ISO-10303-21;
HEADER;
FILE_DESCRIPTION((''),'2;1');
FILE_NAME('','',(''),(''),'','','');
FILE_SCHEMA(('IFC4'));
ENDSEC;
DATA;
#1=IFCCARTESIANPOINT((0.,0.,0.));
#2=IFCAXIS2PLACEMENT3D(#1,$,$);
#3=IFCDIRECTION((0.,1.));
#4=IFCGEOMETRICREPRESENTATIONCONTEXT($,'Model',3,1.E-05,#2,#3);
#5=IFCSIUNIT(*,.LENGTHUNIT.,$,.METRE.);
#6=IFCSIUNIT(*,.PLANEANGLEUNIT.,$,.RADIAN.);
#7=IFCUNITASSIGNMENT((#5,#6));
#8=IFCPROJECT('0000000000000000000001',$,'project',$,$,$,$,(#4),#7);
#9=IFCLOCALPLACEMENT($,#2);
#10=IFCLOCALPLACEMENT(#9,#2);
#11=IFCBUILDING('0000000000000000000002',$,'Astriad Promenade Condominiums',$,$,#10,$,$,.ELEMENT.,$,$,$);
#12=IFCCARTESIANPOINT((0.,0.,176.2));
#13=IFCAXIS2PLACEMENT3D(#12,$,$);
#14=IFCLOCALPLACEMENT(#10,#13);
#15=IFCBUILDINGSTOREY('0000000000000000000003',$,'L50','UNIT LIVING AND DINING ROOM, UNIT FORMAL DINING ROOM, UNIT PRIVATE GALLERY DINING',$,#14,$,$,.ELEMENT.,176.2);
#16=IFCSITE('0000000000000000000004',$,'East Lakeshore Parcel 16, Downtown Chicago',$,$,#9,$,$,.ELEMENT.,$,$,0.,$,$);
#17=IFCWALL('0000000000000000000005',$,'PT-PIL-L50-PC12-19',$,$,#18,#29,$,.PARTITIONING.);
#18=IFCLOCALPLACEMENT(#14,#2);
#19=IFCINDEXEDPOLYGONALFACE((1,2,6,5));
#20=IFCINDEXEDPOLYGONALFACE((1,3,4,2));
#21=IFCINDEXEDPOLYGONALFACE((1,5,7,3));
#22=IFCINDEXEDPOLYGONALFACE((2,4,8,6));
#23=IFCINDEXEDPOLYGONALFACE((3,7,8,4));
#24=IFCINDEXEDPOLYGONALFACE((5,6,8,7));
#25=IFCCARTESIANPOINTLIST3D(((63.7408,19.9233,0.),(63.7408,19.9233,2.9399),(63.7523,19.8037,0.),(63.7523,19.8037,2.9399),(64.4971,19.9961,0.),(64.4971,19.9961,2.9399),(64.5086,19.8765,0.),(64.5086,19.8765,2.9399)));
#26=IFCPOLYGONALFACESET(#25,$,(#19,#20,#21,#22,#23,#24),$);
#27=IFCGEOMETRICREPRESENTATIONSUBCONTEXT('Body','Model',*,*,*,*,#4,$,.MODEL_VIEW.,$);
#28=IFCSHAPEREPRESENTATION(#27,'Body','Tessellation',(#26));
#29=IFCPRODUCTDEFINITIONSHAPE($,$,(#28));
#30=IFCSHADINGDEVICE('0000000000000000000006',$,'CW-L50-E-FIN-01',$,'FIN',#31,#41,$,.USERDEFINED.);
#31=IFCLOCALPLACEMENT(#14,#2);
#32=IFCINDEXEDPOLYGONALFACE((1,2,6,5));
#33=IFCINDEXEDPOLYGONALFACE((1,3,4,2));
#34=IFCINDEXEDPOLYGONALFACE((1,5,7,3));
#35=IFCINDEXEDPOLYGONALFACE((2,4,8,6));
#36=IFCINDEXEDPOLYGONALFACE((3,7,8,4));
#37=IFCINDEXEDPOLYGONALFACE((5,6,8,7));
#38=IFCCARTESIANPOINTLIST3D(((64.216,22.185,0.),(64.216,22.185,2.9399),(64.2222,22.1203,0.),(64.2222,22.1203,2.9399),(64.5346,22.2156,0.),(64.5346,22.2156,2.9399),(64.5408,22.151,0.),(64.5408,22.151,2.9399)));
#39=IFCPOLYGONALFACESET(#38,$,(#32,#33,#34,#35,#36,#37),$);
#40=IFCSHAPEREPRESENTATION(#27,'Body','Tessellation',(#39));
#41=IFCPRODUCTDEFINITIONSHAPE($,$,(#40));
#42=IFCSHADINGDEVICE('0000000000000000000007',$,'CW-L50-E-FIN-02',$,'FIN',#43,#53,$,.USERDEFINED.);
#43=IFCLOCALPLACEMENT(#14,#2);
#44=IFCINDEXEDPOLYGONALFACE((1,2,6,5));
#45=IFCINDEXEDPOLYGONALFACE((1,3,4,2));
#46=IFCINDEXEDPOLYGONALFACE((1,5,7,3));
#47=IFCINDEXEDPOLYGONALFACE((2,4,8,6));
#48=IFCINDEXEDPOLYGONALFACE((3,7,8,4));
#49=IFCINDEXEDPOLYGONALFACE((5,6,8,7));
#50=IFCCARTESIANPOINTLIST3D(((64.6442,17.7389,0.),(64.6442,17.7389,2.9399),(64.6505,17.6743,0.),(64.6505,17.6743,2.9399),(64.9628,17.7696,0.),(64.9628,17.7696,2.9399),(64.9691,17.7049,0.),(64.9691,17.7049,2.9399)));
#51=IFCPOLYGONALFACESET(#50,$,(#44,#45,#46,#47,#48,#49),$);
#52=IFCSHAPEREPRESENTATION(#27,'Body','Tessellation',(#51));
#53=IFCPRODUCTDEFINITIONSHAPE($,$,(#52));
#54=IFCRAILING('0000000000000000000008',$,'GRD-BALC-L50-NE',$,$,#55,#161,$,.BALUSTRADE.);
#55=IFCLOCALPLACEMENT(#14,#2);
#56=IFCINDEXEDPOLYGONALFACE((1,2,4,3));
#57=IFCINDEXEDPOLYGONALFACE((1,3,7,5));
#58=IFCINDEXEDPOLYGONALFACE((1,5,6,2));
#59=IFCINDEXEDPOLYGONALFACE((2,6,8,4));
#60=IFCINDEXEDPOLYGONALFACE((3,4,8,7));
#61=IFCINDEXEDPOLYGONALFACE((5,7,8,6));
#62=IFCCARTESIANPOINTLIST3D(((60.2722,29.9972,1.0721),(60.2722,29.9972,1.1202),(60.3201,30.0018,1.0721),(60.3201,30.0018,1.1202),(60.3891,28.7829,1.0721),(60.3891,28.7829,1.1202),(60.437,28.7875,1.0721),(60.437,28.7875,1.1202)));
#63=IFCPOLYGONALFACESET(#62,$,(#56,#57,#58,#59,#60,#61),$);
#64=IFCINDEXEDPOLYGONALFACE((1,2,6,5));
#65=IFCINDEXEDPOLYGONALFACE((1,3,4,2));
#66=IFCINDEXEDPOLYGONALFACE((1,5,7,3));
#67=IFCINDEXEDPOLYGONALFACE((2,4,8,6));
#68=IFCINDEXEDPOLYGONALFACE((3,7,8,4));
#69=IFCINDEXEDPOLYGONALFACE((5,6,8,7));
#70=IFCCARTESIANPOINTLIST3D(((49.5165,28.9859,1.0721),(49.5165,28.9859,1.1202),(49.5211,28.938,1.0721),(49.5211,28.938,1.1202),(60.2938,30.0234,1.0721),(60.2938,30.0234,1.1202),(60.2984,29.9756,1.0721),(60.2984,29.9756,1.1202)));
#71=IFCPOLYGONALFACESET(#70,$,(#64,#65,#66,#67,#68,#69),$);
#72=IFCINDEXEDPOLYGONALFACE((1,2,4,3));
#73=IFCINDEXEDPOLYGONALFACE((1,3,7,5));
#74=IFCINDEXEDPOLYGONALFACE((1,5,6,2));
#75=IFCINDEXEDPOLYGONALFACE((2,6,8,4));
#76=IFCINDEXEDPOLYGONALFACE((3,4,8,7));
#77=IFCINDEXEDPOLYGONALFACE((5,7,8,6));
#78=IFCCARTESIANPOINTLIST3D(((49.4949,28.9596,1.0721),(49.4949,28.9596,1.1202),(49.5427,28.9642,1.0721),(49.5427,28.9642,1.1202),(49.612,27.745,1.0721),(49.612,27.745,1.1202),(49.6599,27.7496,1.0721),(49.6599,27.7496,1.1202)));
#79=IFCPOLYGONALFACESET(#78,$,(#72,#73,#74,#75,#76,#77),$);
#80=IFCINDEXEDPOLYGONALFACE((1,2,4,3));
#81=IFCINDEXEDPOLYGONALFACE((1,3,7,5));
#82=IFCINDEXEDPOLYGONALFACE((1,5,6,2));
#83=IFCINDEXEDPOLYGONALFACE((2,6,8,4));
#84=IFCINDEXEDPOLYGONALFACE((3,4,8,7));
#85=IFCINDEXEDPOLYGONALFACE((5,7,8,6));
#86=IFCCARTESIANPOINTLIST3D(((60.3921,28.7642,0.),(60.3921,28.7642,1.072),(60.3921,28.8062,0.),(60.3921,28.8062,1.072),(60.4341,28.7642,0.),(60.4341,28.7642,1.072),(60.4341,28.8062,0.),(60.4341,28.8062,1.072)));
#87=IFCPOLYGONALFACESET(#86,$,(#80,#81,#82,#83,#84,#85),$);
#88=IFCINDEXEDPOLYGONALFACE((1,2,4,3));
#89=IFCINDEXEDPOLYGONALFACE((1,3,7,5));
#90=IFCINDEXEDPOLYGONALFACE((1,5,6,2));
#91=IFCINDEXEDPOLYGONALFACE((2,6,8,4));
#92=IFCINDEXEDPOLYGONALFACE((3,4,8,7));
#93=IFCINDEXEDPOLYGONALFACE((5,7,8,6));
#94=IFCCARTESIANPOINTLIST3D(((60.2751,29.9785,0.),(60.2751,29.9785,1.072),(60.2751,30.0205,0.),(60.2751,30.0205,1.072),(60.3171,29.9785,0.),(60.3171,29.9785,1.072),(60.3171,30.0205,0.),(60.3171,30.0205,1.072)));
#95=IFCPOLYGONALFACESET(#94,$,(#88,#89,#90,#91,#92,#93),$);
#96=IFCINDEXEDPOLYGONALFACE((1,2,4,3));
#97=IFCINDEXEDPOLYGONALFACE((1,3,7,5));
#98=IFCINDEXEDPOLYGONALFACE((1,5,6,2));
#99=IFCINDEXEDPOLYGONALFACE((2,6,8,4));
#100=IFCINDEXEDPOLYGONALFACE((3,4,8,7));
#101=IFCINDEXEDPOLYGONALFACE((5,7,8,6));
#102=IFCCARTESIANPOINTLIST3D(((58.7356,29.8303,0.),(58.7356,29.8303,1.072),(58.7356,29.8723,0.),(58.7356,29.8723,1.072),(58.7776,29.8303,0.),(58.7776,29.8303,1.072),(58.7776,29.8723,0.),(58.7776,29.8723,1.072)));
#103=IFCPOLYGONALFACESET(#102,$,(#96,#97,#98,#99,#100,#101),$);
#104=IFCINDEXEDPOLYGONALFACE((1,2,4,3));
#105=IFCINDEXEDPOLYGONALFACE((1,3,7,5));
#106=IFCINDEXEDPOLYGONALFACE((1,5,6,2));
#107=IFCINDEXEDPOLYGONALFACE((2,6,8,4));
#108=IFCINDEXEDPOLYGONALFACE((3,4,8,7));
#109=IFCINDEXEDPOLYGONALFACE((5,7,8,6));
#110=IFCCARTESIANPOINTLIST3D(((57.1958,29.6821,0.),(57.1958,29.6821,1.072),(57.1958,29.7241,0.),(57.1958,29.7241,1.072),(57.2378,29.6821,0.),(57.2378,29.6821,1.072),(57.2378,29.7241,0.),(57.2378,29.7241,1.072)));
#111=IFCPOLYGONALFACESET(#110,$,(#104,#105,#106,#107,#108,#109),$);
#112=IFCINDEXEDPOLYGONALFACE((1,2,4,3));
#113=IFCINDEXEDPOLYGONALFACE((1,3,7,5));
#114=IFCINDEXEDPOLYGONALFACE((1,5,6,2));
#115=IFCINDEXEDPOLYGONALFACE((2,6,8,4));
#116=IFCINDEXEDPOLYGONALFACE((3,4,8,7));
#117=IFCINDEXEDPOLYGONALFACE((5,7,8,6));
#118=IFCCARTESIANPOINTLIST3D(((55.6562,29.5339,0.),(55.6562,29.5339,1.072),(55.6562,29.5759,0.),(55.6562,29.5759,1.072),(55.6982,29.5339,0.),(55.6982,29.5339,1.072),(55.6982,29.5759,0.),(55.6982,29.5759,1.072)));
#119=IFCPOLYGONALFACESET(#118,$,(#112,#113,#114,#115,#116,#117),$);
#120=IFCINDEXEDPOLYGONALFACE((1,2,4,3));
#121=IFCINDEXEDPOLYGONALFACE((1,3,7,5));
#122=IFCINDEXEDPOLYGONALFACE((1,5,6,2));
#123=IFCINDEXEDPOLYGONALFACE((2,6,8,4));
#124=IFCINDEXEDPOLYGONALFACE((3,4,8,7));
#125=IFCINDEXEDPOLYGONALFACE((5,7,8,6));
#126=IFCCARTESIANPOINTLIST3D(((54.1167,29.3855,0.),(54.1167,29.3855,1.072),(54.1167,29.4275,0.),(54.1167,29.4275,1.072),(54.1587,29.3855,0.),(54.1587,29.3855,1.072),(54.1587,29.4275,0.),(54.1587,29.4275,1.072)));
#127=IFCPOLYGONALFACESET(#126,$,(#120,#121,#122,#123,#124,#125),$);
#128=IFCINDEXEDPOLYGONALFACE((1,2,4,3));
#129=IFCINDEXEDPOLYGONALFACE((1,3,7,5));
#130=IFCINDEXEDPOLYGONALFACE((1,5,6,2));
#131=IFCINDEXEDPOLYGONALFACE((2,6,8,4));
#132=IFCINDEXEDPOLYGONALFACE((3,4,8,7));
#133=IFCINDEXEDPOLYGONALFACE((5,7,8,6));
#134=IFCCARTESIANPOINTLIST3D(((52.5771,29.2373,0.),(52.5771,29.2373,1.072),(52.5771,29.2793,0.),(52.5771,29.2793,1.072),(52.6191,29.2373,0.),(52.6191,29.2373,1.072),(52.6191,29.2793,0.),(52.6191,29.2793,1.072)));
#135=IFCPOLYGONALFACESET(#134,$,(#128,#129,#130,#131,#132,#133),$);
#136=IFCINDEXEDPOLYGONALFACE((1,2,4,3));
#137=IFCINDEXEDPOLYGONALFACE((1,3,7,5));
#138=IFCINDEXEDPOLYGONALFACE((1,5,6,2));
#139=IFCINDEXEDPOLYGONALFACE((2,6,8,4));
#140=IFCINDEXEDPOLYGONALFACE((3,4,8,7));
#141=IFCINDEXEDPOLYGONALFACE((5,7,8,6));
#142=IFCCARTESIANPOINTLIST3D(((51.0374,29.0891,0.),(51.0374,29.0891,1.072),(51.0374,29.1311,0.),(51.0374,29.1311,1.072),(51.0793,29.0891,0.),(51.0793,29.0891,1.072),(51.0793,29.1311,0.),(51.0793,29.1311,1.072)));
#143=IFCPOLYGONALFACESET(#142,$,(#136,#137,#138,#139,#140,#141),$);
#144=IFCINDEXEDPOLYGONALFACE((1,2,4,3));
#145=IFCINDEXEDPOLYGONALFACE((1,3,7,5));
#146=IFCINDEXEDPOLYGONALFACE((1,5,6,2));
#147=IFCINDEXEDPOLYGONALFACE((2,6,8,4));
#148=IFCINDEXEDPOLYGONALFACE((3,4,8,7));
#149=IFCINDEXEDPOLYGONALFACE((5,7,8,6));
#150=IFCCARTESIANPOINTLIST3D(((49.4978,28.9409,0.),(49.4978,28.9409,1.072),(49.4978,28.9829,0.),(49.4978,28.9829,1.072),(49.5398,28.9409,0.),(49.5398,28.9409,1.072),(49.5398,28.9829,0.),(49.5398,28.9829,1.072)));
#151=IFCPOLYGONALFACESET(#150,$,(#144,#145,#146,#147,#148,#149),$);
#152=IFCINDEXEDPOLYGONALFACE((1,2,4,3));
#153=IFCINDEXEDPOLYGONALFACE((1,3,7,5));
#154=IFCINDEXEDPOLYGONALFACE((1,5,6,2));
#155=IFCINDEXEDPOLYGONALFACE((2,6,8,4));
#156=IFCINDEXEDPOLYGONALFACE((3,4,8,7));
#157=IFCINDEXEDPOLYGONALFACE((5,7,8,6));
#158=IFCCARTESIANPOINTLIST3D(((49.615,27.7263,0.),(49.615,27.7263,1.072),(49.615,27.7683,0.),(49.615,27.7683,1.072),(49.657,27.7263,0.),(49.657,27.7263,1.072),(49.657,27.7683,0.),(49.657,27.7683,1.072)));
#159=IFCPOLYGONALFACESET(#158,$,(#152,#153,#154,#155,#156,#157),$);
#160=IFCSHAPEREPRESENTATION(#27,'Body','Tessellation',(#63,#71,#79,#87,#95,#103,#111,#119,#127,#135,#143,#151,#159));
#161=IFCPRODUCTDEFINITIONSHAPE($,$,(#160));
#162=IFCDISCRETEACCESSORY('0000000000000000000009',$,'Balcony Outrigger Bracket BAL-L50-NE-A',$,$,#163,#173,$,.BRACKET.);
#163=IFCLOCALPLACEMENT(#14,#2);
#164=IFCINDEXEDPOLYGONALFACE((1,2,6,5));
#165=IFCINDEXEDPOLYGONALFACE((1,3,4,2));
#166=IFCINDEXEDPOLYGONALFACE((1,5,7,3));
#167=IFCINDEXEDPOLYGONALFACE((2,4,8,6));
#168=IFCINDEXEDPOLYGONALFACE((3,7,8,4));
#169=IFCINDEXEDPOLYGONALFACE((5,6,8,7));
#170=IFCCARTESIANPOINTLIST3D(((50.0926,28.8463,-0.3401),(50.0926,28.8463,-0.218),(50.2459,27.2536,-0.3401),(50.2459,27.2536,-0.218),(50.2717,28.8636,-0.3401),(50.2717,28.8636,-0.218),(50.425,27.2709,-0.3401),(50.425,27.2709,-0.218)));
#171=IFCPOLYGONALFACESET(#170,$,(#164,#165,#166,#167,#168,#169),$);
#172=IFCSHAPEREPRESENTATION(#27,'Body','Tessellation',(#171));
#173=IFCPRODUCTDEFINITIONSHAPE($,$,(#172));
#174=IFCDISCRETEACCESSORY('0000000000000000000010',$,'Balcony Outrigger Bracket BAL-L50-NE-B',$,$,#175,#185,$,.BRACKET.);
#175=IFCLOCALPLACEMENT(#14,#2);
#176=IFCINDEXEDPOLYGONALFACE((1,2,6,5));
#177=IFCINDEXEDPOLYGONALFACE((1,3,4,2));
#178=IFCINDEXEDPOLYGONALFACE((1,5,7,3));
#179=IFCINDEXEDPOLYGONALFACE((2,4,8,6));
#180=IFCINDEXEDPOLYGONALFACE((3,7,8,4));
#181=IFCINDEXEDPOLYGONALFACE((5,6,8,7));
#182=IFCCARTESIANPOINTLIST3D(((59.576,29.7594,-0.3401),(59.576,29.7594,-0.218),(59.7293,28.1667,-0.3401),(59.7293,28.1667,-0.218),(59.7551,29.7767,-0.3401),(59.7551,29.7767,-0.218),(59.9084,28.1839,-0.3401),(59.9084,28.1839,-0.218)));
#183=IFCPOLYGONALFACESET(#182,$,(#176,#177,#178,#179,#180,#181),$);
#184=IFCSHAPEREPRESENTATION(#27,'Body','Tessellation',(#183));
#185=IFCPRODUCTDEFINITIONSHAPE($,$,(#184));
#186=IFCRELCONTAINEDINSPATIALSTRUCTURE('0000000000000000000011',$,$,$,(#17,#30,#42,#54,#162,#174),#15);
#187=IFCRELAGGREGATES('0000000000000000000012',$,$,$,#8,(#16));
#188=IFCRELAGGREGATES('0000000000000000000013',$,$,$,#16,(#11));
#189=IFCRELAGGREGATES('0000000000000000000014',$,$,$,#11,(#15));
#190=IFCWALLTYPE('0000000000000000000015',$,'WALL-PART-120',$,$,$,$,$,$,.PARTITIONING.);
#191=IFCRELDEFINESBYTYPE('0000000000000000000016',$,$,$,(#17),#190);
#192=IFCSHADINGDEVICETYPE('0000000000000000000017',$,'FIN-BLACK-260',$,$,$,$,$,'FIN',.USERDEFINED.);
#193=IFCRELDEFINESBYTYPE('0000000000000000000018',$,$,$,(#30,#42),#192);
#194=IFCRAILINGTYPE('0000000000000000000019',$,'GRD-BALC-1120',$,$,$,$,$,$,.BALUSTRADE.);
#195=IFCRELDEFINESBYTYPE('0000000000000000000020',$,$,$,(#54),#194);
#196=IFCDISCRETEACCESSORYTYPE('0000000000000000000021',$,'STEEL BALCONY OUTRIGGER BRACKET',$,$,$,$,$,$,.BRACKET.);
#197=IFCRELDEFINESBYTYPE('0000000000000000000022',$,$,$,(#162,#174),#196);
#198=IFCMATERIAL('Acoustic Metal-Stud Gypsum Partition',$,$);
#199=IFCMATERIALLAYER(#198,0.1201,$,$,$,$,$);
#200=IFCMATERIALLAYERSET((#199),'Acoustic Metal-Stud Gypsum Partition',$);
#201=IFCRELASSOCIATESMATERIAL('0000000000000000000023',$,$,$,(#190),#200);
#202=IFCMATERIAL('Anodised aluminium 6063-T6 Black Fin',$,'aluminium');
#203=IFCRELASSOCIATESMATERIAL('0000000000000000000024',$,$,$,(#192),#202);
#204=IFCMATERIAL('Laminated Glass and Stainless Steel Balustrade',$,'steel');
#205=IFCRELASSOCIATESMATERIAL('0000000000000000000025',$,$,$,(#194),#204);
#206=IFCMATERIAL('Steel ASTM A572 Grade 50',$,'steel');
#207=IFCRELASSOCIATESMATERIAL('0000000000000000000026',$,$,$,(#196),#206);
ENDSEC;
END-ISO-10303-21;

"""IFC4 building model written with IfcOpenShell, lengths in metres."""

from ifc_helpers import new_model, si_unit, direction, frame, frame_2d, origin, origin_2d, place, context, subcontext, project, spatial, rectangle, extrude, source, transform, mapped, material, layer, layer_set, type_object, type_shapes, element, save


model = new_model("IFC4")

# Units and contexts
model_context = context("Model", 3, precision=1e-05, world=origin(), true_north=direction((0.0, 1.0)))
body_context = subcontext(model_context, "Body", "Model", "MODEL_VIEW")
ifc_project = project(units=[si_unit("LENGTHUNIT", "METRE"), si_unit("PLANEANGLEUNIT", "RADIAN")], contexts=[model_context])

# Site, building, storey
site_placement = place(None, origin())
site = spatial("IfcSite", under=ifc_project, at=site_placement, Name="East Lakeshore Parcel 16, Downtown Chicago", CompositionType="ELEMENT", RefElevation=0.0)
building_placement = place(site_placement, origin())
building = spatial("IfcBuilding", under=site, at=building_placement, Name="Astriad Promenade Condominiums", CompositionType="ELEMENT")
storey_placement = place(building_placement, frame((0.0, 0.0, 176.2)))
storey = spatial("IfcBuildingStorey", under=building, at=storey_placement, Name="L50", Description="UNIT LIVING AND DINING ROOM, UNIT FORMAL DINING ROOM, UNIT PRIVATE GALLERY DINING", CompositionType="ELEMENT", Elevation=176.2)

# Shared definitions
ifc_material_1 = material(Name="Acoustic Metal-Stud Gypsum Partition")
ifc_layer_1 = layer(ifc_material_1, 0.1201)
ifc_layer_set_1 = layer_set([ifc_layer_1], Name="Acoustic Metal-Stud Gypsum Partition")
wall_type_1 = type_object("IfcWallType", Name="WALL-PART-120", PredefinedType="PARTITIONING", material=ifc_layer_set_1)

# Wall
wall_1_placement = place(storey_placement, frame((63.7466, 19.8635, 0.0), z_axis=(0.0, 0.0, 1.0), x_axis=(0.995405, 0.095749, 0.0)))
element("IfcWall", 1, at=wall_1_placement, inside=storey, type_object=wall_type_1, Name="PT-PIL-L50-PC12-19", PredefinedType="PARTITIONING", context=body_context, shape_type="SweptSolid", body=[
    extrude(rectangle(XDim=0.7598, YDim=0.1201, at=frame_2d((0.3799, 0.0))), origin(), (0.0, 0.0, 1.0), 2.9399),
])

# Shading devices
ifc_material_2 = material(Name="Anodised aluminium 6063-T6 Black Fin", Category="aluminium")
shading_device_type = type_object("IfcShadingDeviceType", Name="FIN-BLACK-260", ElementType="FIN", PredefinedType="USERDEFINED", material=ifc_material_2)
shared_shape_1 = source(origin(), body_context, "Body", "SweptSolid", [
    extrude(rectangle(XDim=0.0649, YDim=0.3201, at=origin_2d()), origin(), (0.0, 0.0, 1.0), 2.9399),
])
type_shapes(shading_device_type, [shared_shape_1])
for number, where, z_axis, x_axis, name in (
    (2, (64.3784, 22.168, 0.0), (0.0, 0.0, 1.0), (0.095846, -0.995396, 0.0), "CW-L50-E-FIN-01"),
    (3, (64.8066, 17.7219, 0.0), (0.0, 0.0, 1.0), (0.095846, -0.995396, 0.0), "CW-L50-E-FIN-02"),
):
    element("IfcShadingDevice", number, at=place(storey_placement, frame(where, z_axis=z_axis, x_axis=x_axis)), inside=storey, type_object=shading_device_type, Name=name, ObjectType="FIN", PredefinedType="USERDEFINED", context=body_context, shape_type="MappedRepresentation", body=[
        mapped(shared_shape_1, transform((0.0, 0.0, 0.0), scale=1.0)),
    ])

# Railing
ifc_material_3 = material(Name="Laminated Glass and Stainless Steel Balustrade", Category="steel")
railing_type = type_object("IfcRailingType", Name="GRD-BALC-1120", PredefinedType="BALUSTRADE", material=ifc_material_3)
shared_shape_2 = source(origin(), body_context, "Body", "SweptSolid", [
    extrude(rectangle(XDim=0.0481, YDim=0.0481, at=origin_2d()), frame((0.0, 0.0, 1.0962), z_axis=(-0.095857, 0.995395, 0.0), x_axis=(-0.995395, -0.095857, 0.0)), (0.0, 0.0, 1.0), 1.22),
    extrude(rectangle(XDim=0.0481, YDim=0.0481, at=origin_2d()), frame((-0.1169, 1.2144, 1.0962), z_axis=(-0.995397, -0.095833, 0.0), x_axis=(0.095833, -0.995397, 0.0)), (0.0, 0.0, 1.0), 10.8271),
    extrude(rectangle(XDim=0.0481, YDim=0.0481, at=origin_2d()), frame((-10.8943, 0.1768, 1.0962), z_axis=(0.096036, -0.995378, 0.0), x_axis=(0.995378, 0.096036, 0.0)), (0.0, 0.0, 1.0), 1.2202),
    extrude(rectangle(XDim=0.042, YDim=0.042, at=origin_2d()), origin(), (0.0, 0.0, 1.0), 1.072),
    extrude(rectangle(XDim=0.042, YDim=0.042, at=origin_2d()), frame((-0.1169, 1.2144, 0.0)), (0.0, 0.0, 1.0), 1.072),
    extrude(rectangle(XDim=0.042, YDim=0.042, at=origin_2d()), frame((-1.6565, 1.0662, 0.0)), (0.0, 0.0, 1.0), 1.072),
    extrude(rectangle(XDim=0.042, YDim=0.042, at=origin_2d()), frame((-3.1963, 0.918, 0.0)), (0.0, 0.0, 1.0), 1.072),
    extrude(rectangle(XDim=0.042, YDim=0.042, at=origin_2d()), frame((-4.7358, 0.7698, 0.0)), (0.0, 0.0, 1.0), 1.072),
    extrude(rectangle(XDim=0.042, YDim=0.042, at=origin_2d()), frame((-6.2754, 0.6213, 0.0)), (0.0, 0.0, 1.0), 1.072),
    extrude(rectangle(XDim=0.042, YDim=0.042, at=origin_2d()), frame((-7.8149, 0.4731, 0.0)), (0.0, 0.0, 1.0), 1.072),
    extrude(rectangle(XDim=0.042, YDim=0.042, at=origin_2d()), frame((-9.3547, 0.325, 0.0)), (0.0, 0.0, 1.0), 1.072),
    extrude(rectangle(XDim=0.042, YDim=0.042, at=origin_2d()), frame((-10.8943, 0.1768, 0.0)), (0.0, 0.0, 1.0), 1.072),
    extrude(rectangle(XDim=0.042, YDim=0.042, at=origin_2d()), frame((-10.7771, -1.0378, 0.0)), (0.0, 0.0, 1.0), 1.072),
])
type_shapes(railing_type, [shared_shape_2])
railing_placement = place(storey_placement, frame((60.4131, 28.7852, 0.0)))
element("IfcRailing", 4, at=railing_placement, inside=storey, type_object=railing_type, Name="GRD-BALC-L50-NE", PredefinedType="BALUSTRADE", context=body_context, shape_type="MappedRepresentation", body=[
    mapped(shared_shape_2, transform((0.0, 0.0, 0.0), scale=1.0)),
])

# Discrete accessories
ifc_material_4 = material(Name="Steel ASTM A572 Grade 50", Category="steel")
discrete_accessory_type = type_object("IfcDiscreteAccessoryType", Name="STEEL BALCONY OUTRIGGER BRACKET", PredefinedType="BRACKET", material=ifc_material_4)
shared_shape_3 = source(origin(), body_context, "Body", "SweptSolid", [
    extrude(rectangle(XDim=1.6001, YDim=0.1799, at=origin_2d()), origin(), (0.0, 0.0, 1.0), 0.1221),
])
type_shapes(discrete_accessory_type, [shared_shape_3])
for number, where, z_axis, x_axis, name in (
    (5, (50.2588, 28.0586, -0.3401), (0.0, 0.0, 1.0), (-0.095846, 0.995396, 0.0), "Balcony Outrigger Bracket BAL-L50-NE-A"),
    (6, (59.7422, 28.9717, -0.3401), (0.0, 0.0, 1.0), (-0.095846, 0.995396, 0.0), "Balcony Outrigger Bracket BAL-L50-NE-B"),
):
    element("IfcDiscreteAccessory", number, at=place(storey_placement, frame(where, z_axis=z_axis, x_axis=x_axis)), inside=storey, type_object=discrete_accessory_type, Name=name, PredefinedType="BRACKET", context=body_context, shape_type="MappedRepresentation", body=[
        mapped(shared_shape_3, transform((0.0, 0.0, 0.0), scale=1.0)),
    ])

save(model, "model.ifc")
